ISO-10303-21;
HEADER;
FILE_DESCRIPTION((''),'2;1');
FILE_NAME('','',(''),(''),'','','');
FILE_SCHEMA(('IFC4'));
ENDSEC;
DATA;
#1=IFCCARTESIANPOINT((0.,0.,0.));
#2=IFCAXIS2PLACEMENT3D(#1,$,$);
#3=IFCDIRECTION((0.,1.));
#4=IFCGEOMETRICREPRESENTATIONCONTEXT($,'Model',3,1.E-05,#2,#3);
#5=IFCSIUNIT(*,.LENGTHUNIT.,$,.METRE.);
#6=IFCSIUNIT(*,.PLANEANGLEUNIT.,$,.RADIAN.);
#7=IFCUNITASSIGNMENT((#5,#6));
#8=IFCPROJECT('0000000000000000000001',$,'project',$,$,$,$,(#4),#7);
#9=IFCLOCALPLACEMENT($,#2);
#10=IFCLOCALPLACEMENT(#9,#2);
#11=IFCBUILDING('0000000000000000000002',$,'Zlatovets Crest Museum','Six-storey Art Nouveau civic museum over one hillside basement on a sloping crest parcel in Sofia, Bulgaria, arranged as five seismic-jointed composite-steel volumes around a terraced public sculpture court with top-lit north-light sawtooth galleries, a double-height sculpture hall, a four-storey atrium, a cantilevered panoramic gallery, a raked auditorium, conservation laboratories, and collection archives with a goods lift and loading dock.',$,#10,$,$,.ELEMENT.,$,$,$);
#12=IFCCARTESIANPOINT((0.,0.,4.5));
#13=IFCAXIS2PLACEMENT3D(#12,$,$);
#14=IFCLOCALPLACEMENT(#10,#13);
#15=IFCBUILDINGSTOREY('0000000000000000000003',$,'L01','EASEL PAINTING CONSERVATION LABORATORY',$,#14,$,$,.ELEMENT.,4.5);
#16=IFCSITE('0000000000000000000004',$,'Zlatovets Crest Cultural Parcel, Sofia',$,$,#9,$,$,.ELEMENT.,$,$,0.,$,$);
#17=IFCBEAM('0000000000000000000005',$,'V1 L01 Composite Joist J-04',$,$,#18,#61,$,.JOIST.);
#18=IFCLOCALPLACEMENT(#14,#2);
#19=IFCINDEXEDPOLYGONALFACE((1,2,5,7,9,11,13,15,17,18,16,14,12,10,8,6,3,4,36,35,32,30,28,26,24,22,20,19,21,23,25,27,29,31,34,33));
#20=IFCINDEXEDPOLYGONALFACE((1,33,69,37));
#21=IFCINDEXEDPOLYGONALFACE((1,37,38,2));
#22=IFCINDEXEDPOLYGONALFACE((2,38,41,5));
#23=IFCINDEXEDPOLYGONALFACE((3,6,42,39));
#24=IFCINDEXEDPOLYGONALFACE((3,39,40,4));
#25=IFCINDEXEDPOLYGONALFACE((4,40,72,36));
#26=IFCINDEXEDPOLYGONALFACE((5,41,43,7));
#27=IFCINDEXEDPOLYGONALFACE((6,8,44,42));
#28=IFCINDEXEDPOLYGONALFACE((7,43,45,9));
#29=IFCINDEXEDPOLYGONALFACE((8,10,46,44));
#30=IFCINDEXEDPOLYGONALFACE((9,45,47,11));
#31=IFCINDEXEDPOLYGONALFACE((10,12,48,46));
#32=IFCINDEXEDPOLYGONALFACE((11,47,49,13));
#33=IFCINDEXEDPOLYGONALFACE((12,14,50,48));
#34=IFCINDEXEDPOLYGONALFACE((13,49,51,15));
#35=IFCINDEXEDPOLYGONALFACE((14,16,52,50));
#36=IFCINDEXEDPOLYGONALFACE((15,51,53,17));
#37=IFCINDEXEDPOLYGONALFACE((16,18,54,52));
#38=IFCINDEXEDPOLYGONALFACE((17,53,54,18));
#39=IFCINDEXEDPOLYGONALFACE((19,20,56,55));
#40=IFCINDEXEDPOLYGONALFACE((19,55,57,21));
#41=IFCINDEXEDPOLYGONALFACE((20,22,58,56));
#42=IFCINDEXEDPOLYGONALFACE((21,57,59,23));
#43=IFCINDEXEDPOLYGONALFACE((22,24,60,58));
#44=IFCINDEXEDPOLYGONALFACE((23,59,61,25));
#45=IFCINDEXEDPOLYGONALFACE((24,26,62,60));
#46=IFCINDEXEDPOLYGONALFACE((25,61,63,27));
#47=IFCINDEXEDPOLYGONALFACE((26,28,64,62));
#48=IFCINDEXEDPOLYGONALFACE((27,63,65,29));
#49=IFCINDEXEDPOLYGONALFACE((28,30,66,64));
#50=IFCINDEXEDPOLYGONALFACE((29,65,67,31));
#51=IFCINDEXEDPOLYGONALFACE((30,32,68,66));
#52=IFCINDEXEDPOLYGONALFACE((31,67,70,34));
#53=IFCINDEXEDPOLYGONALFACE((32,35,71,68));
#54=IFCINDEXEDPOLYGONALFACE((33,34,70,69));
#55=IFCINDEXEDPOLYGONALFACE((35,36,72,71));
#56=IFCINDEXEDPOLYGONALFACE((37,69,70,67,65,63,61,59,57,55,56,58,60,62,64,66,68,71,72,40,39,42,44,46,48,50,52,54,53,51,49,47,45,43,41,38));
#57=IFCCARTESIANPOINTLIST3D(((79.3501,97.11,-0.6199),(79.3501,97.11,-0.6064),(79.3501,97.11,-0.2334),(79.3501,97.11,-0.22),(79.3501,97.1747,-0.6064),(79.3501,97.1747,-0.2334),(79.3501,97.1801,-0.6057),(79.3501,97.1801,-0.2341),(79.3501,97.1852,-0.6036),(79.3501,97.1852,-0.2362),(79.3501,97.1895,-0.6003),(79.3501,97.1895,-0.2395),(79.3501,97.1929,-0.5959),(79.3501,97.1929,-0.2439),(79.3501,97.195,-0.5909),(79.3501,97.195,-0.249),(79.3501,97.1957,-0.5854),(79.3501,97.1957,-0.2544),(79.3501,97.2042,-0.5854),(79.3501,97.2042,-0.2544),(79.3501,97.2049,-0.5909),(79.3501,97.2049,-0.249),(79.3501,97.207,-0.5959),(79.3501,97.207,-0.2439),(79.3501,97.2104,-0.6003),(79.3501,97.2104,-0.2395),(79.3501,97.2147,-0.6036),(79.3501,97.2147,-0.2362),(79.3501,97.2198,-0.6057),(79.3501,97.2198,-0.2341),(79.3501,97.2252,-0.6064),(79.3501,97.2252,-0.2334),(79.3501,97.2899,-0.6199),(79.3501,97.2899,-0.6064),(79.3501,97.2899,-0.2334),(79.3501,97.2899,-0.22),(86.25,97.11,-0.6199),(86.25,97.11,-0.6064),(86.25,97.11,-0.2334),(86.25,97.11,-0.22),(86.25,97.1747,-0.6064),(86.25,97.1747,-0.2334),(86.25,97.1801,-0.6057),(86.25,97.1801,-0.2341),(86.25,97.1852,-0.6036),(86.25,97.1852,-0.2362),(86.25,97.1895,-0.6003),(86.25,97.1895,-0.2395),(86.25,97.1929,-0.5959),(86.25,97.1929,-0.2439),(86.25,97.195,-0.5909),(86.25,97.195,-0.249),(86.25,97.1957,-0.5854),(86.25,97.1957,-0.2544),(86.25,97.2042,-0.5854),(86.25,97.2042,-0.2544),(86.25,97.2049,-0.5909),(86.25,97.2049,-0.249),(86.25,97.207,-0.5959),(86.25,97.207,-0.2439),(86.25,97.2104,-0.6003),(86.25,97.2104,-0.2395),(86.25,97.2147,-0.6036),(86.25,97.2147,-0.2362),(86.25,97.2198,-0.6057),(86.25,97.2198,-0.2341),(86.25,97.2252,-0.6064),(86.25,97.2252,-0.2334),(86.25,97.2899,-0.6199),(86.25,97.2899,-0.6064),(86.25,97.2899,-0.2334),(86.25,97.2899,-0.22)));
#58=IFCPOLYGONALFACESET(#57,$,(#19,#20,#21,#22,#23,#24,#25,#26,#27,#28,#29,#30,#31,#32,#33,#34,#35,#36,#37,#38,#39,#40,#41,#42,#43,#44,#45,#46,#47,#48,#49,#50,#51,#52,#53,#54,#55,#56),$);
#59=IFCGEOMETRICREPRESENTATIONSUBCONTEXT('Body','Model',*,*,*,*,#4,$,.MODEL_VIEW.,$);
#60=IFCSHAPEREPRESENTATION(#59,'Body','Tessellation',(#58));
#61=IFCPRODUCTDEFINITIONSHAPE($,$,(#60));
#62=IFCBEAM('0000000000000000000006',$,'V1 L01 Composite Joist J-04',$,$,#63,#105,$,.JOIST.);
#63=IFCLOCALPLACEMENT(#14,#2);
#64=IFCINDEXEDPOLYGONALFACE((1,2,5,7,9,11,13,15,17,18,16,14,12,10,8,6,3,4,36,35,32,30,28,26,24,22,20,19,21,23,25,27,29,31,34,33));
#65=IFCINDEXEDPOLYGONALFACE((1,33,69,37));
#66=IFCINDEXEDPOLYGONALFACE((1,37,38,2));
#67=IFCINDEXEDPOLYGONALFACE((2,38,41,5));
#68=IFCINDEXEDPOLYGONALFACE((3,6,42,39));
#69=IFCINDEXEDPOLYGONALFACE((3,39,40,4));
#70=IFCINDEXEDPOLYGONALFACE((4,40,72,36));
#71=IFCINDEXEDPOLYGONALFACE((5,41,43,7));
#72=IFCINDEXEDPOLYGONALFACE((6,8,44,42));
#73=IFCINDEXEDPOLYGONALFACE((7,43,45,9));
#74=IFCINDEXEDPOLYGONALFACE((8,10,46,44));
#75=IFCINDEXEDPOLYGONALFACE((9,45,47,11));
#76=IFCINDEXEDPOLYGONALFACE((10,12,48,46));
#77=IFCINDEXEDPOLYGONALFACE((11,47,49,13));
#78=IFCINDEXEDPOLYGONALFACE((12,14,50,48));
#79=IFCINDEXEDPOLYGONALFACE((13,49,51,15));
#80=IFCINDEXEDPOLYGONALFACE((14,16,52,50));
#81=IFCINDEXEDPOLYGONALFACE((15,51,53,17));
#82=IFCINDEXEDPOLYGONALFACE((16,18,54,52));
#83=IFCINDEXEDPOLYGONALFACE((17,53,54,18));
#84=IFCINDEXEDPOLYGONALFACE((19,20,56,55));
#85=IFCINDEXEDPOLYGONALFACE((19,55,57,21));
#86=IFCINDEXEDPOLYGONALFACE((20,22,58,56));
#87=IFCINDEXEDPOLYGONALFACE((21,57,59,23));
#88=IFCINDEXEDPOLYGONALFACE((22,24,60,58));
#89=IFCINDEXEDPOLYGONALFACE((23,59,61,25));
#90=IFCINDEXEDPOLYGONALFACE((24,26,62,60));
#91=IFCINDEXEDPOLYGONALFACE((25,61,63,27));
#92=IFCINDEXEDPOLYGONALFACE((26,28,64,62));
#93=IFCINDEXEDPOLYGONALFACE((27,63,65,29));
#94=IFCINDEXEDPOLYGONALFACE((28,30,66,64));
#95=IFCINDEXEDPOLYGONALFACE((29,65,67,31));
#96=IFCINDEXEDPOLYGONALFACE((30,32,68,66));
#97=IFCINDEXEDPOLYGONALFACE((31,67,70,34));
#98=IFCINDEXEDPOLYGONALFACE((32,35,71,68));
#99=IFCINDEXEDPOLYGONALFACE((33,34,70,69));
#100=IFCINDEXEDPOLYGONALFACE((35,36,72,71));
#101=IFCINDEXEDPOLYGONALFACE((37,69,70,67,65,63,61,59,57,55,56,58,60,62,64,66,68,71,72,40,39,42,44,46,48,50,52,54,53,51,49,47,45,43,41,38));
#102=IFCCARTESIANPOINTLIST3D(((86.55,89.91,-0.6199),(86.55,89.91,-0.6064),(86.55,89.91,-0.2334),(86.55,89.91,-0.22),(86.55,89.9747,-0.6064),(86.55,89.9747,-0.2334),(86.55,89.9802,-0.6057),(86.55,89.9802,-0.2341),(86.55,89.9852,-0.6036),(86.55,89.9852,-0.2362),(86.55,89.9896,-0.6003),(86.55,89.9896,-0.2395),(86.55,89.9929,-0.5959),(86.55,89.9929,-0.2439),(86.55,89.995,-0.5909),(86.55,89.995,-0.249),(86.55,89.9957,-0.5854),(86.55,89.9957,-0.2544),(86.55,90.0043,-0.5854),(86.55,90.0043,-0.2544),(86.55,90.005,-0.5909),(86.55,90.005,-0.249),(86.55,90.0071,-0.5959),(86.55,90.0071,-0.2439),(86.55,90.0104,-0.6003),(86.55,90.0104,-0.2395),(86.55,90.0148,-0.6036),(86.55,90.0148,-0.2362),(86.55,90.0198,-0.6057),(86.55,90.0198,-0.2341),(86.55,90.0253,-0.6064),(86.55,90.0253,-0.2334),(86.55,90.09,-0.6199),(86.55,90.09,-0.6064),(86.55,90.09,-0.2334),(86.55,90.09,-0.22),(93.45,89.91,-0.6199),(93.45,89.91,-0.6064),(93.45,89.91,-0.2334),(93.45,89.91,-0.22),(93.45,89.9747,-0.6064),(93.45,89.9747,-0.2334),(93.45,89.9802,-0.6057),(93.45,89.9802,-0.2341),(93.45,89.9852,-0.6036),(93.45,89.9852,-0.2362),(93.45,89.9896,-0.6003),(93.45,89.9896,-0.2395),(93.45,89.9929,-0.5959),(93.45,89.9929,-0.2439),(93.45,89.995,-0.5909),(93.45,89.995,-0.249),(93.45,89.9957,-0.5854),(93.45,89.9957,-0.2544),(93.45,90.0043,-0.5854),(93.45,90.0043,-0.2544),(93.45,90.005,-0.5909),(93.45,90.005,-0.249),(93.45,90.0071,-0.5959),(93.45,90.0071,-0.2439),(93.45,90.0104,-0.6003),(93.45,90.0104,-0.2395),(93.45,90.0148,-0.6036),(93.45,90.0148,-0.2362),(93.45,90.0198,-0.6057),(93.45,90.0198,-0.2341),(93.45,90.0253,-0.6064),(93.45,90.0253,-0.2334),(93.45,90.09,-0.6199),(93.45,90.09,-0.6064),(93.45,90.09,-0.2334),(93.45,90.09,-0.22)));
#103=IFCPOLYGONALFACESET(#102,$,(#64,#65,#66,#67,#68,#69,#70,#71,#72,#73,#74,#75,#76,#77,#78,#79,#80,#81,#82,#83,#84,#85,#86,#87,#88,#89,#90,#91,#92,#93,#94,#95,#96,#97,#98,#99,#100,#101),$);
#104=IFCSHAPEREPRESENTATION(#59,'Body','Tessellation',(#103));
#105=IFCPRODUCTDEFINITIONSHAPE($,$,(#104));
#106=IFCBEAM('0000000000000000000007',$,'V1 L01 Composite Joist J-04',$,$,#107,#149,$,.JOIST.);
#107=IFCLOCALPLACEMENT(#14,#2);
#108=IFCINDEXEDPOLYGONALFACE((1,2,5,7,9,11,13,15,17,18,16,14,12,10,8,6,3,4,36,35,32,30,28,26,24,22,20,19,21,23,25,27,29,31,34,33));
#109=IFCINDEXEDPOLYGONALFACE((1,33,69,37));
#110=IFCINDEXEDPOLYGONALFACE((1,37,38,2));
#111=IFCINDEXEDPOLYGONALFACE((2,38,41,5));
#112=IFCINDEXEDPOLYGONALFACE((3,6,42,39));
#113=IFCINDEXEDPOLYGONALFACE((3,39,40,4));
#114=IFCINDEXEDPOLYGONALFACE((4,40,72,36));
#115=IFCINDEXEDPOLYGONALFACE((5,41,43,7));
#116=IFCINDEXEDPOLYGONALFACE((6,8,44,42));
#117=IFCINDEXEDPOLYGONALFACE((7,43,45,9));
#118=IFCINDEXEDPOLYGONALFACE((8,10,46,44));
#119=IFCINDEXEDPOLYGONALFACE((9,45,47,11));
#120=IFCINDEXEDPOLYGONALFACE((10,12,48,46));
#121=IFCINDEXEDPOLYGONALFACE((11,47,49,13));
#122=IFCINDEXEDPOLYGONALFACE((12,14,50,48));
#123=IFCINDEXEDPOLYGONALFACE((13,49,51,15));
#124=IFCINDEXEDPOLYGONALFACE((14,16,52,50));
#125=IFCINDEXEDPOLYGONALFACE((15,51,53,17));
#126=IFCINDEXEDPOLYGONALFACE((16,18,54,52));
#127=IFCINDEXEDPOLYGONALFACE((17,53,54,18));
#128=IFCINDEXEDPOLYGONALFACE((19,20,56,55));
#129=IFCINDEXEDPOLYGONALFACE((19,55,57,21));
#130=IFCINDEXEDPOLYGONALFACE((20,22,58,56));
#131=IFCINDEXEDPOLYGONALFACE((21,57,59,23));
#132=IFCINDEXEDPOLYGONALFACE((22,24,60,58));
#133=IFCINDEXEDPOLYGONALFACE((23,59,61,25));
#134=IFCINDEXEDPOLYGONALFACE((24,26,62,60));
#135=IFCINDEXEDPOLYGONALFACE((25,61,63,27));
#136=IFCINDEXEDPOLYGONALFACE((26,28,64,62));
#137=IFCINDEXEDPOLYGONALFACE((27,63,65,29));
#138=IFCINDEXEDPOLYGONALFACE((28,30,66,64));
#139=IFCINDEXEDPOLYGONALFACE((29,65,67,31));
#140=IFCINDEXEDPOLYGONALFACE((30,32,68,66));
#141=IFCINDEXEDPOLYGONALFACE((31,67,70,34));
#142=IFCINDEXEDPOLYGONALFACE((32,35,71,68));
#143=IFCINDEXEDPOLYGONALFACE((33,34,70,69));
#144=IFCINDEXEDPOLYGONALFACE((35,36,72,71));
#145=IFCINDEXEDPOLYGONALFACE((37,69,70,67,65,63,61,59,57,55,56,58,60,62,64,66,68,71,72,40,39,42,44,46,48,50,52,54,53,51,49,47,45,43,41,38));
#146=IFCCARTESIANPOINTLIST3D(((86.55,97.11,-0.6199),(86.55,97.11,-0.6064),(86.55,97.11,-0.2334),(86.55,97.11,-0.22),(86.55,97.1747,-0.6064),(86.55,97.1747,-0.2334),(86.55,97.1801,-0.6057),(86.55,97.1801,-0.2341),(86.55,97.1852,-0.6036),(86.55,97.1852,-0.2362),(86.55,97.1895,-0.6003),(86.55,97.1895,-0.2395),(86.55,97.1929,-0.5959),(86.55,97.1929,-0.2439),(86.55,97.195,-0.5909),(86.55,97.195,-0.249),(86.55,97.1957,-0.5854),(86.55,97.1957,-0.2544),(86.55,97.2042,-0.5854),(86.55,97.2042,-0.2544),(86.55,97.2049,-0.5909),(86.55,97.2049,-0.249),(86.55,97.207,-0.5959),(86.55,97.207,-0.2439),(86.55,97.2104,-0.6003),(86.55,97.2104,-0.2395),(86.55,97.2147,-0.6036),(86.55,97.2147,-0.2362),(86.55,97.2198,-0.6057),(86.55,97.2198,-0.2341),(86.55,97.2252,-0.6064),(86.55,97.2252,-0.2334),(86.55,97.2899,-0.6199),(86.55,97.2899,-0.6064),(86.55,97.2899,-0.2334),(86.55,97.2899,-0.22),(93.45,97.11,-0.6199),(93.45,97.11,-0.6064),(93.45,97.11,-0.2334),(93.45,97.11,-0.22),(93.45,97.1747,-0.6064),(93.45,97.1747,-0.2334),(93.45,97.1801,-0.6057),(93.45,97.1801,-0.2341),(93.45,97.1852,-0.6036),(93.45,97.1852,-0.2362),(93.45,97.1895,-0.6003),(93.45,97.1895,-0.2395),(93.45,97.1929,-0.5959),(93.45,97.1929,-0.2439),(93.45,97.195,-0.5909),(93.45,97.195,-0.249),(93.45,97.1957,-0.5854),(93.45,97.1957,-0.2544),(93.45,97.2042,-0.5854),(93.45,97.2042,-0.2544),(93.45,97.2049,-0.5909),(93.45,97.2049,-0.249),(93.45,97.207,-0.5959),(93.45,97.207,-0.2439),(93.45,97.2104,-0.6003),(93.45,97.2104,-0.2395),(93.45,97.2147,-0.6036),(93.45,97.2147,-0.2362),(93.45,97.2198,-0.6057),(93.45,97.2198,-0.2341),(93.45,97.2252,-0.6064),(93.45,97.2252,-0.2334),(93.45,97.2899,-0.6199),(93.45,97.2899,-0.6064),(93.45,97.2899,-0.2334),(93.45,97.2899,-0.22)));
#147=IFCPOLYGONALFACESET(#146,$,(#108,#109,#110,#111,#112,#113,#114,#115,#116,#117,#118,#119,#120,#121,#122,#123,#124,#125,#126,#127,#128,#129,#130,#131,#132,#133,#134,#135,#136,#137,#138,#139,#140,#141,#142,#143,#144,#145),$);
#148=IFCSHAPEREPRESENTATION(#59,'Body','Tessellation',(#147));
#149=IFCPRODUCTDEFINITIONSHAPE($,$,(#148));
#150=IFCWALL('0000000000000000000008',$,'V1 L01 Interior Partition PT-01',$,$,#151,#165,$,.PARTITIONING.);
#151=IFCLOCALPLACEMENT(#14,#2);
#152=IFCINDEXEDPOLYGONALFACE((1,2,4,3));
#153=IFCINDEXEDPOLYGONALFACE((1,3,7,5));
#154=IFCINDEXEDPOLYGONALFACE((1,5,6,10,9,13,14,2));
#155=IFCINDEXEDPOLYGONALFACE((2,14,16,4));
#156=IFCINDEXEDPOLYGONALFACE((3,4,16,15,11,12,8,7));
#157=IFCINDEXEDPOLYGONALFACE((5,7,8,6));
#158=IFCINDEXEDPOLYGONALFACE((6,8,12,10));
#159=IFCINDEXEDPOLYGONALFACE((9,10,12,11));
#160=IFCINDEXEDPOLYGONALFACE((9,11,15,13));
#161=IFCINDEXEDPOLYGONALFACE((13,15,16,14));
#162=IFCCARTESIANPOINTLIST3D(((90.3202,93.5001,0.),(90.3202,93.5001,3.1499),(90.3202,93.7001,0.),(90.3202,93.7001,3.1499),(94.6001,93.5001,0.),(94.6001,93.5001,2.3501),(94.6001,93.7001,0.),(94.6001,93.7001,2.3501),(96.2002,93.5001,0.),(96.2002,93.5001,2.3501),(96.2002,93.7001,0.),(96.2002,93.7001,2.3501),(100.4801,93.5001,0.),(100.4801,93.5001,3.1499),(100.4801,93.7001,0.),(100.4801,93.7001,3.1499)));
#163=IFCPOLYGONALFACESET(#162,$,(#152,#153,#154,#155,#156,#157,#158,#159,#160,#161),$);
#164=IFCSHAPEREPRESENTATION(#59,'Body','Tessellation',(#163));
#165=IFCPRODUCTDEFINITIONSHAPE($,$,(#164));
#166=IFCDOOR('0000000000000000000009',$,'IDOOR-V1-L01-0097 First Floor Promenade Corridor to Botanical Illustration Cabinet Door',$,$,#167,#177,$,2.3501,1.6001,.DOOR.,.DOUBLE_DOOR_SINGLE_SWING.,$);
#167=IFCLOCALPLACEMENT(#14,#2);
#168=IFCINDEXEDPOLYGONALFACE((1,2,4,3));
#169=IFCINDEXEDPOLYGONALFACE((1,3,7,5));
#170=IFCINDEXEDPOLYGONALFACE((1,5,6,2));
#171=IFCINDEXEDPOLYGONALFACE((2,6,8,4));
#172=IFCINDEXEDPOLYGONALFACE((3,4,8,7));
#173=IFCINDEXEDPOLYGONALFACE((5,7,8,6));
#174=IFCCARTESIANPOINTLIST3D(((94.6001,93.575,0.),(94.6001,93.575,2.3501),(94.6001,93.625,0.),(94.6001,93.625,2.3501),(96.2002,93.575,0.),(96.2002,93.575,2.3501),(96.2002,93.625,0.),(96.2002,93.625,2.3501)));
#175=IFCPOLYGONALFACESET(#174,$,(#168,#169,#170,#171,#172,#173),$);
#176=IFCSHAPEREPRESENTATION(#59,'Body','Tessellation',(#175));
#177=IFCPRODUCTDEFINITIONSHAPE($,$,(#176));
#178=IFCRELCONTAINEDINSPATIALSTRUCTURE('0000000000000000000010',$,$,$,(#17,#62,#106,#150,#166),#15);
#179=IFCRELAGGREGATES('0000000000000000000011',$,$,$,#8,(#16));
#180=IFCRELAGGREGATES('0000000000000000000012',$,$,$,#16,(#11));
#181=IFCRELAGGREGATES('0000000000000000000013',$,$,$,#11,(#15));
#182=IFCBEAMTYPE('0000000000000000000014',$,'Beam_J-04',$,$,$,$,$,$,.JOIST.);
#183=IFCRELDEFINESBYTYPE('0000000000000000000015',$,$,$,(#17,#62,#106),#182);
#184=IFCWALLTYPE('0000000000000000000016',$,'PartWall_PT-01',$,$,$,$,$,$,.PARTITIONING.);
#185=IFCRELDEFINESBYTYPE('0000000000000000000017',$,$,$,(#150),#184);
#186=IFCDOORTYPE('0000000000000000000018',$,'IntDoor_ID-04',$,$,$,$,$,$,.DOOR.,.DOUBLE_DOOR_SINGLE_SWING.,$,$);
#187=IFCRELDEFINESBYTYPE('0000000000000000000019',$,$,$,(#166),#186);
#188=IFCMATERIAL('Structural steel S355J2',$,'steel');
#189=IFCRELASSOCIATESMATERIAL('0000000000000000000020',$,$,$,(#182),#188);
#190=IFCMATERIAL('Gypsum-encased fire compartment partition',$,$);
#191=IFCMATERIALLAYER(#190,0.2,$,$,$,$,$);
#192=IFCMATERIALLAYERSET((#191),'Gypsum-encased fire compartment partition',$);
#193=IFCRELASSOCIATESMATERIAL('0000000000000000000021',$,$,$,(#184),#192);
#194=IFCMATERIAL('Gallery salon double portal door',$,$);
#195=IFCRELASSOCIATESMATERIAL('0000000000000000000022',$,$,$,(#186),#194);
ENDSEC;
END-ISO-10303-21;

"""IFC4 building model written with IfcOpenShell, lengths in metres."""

from ifc_helpers import new_model, si_unit, direction, frame, frame_2d, origin, origin_2d, place, context, subcontext, project, spatial, rectangle, i_section, extrude, material, layer, layer_set, material_profile, profile_set, type_object, element, fill, save


model = new_model("IFC4")

# Units and contexts
model_context = context("Model", 3, precision=1e-05, world=origin(), true_north=direction((0.0, 1.0)))
body_context = subcontext(model_context, "Body", "Model", "MODEL_VIEW")
ifc_project = project(units=[si_unit("LENGTHUNIT", "METRE"), si_unit("PLANEANGLEUNIT", "RADIAN")], contexts=[model_context])

# Site, building, storey
site_placement = place(None, origin())
site = spatial("IfcSite", under=ifc_project, at=site_placement, Name="Zlatovets Crest Cultural Parcel, Sofia", CompositionType="ELEMENT", RefElevation=0.0)
building_placement = place(site_placement, origin())
building = spatial("IfcBuilding", under=site, at=building_placement, Name="Zlatovets Crest Museum", Description="Six-storey Art Nouveau civic museum over one hillside basement on a sloping crest parcel in Sofia, Bulgaria, arranged as five seismic-jointed composite-steel volumes around a terraced public sculpture court with top-lit north-light sawtooth galleries, a double-height sculpture hall, a four-storey atrium, a cantilevered panoramic gallery, a raked auditorium, conservation laboratories, and collection archives with a goods lift and loading dock.", CompositionType="ELEMENT")
storey_placement = place(building_placement, frame((0.0, 0.0, 4.5)))
storey = spatial("IfcBuildingStorey", under=building, at=storey_placement, Name="L01", Description="EASEL PAINTING CONSERVATION LABORATORY", CompositionType="ELEMENT", Elevation=4.5)

# Shared definitions
ifc_material_1 = material(Name="Structural steel S355J2", Category="steel")

# Beams
ifc_material_profile_1 = material_profile(ifc_material_1, i_section(OverallWidth=0.1799, OverallDepth=0.3999, WebThickness=0.0085, FlangeThickness=0.0134, FilletRadius=0.021, at=origin_2d()), Name="IPE 400")
ifc_profile_set_1 = profile_set([ifc_material_profile_1], Name="Structural steel S355J2")
beam_type_1 = type_object("IfcBeamType", Name="Beam_J-04", PredefinedType="JOIST", material=ifc_profile_set_1)
for number, where, z_axis, x_axis, name in (
    (1, (79.3501, 97.2, -0.4199), (1.0, 0.0, 0.0), (0.0, 1.0, 0.0), "V1 L01 Composite Joist J-04"),
    (2, (86.55, 90.0, -0.4199), (1.0, 0.0, 0.0), (0.0, 1.0, 0.0), "V1 L01 Composite Joist J-04"),
    (3, (86.55, 97.2, -0.4199), (1.0, 0.0, 0.0), (0.0, 1.0, 0.0), "V1 L01 Composite Joist J-04"),
):
    element("IfcBeam", number, at=place(storey_placement, frame(where, z_axis=z_axis, x_axis=x_axis)), inside=storey, type_object=beam_type_1, Name=name, PredefinedType="JOIST", context=body_context, shape_type="SweptSolid", body=[
        extrude(i_section(OverallWidth=0.1799, OverallDepth=0.3999, WebThickness=0.0085, FlangeThickness=0.0134, FilletRadius=0.021, at=origin_2d()), origin(), (0.0, 0.0, 1.0), 6.8999),
    ])

# Wall, opening, door
ifc_material_2 = material(Name="Gypsum-encased fire compartment partition")
ifc_layer_1 = layer(ifc_material_2, 0.2)
ifc_layer_set_1 = layer_set([ifc_layer_1], Name="Gypsum-encased fire compartment partition")
wall_type_1 = type_object("IfcWallType", Name="PartWall_PT-01", PredefinedType="PARTITIONING", material=ifc_layer_set_1)
wall_1_placement = place(storey_placement, frame((90.3201, 93.6001, 0.0), z_axis=(0.0, 0.0, 1.0), x_axis=(1.0, 0.0, 0.0)))
wall_1 = element("IfcWall", 4, at=wall_1_placement, inside=storey, type_object=wall_type_1, Name="V1 L01 Interior Partition PT-01", PredefinedType="PARTITIONING", context=body_context, shape_type="SweptSolid", body=[
    extrude(rectangle(XDim=10.1599, YDim=0.2, at=frame_2d((5.0801, 0.0))), origin(), (0.0, 0.0, 1.0), 3.1499),
])
opening_1_placement = place(wall_1_placement, frame((4.28, 0.0, 0.0)))
opening_1 = element("IfcOpeningElement", 5, at=opening_1_placement, cuts=wall_1, PredefinedType="OPENING", context=body_context, shape_type="SweptSolid", body=[
    extrude(rectangle(XDim=1.6001, YDim=2.3501, at=frame_2d((0.8, 1.175))), frame((0.0, 0.1099, 0.0), z_axis=(0.0, -1.0, 0.0), x_axis=(1.0, 0.0, 0.0)), (0.0, 0.0, 1.0), 0.22),
])
ifc_material_3 = material(Name="Gallery salon double portal door")
door_type_1 = type_object("IfcDoorType", Name="IntDoor_ID-04", OperationType="DOUBLE_DOOR_SINGLE_SWING", PredefinedType="DOOR", material=ifc_material_3)
door_1_placement = place(opening_1_placement, origin())
door_1 = element("IfcDoor", 6, at=door_1_placement, inside=storey, type_object=door_type_1, Name="IDOOR-V1-L01-0097 First Floor Promenade Corridor to Botanical Illustration Cabinet Door", OperationType="DOUBLE_DOOR_SINGLE_SWING", OverallHeight=2.3501, OverallWidth=1.6001, PredefinedType="DOOR", context=body_context, shape_type="SweptSolid", body=[
    extrude(rectangle(XDim=1.6001, YDim=2.3501, at=frame_2d((0.8, 1.175))), frame((0.0, 0.0249, 0.0), z_axis=(0.0, -1.0, 0.0), x_axis=(1.0, 0.0, 0.0)), (0.0, 0.0, 1.0), 0.05),
])
fill(opening_1, door_1)

save(model, "model.ifc")
